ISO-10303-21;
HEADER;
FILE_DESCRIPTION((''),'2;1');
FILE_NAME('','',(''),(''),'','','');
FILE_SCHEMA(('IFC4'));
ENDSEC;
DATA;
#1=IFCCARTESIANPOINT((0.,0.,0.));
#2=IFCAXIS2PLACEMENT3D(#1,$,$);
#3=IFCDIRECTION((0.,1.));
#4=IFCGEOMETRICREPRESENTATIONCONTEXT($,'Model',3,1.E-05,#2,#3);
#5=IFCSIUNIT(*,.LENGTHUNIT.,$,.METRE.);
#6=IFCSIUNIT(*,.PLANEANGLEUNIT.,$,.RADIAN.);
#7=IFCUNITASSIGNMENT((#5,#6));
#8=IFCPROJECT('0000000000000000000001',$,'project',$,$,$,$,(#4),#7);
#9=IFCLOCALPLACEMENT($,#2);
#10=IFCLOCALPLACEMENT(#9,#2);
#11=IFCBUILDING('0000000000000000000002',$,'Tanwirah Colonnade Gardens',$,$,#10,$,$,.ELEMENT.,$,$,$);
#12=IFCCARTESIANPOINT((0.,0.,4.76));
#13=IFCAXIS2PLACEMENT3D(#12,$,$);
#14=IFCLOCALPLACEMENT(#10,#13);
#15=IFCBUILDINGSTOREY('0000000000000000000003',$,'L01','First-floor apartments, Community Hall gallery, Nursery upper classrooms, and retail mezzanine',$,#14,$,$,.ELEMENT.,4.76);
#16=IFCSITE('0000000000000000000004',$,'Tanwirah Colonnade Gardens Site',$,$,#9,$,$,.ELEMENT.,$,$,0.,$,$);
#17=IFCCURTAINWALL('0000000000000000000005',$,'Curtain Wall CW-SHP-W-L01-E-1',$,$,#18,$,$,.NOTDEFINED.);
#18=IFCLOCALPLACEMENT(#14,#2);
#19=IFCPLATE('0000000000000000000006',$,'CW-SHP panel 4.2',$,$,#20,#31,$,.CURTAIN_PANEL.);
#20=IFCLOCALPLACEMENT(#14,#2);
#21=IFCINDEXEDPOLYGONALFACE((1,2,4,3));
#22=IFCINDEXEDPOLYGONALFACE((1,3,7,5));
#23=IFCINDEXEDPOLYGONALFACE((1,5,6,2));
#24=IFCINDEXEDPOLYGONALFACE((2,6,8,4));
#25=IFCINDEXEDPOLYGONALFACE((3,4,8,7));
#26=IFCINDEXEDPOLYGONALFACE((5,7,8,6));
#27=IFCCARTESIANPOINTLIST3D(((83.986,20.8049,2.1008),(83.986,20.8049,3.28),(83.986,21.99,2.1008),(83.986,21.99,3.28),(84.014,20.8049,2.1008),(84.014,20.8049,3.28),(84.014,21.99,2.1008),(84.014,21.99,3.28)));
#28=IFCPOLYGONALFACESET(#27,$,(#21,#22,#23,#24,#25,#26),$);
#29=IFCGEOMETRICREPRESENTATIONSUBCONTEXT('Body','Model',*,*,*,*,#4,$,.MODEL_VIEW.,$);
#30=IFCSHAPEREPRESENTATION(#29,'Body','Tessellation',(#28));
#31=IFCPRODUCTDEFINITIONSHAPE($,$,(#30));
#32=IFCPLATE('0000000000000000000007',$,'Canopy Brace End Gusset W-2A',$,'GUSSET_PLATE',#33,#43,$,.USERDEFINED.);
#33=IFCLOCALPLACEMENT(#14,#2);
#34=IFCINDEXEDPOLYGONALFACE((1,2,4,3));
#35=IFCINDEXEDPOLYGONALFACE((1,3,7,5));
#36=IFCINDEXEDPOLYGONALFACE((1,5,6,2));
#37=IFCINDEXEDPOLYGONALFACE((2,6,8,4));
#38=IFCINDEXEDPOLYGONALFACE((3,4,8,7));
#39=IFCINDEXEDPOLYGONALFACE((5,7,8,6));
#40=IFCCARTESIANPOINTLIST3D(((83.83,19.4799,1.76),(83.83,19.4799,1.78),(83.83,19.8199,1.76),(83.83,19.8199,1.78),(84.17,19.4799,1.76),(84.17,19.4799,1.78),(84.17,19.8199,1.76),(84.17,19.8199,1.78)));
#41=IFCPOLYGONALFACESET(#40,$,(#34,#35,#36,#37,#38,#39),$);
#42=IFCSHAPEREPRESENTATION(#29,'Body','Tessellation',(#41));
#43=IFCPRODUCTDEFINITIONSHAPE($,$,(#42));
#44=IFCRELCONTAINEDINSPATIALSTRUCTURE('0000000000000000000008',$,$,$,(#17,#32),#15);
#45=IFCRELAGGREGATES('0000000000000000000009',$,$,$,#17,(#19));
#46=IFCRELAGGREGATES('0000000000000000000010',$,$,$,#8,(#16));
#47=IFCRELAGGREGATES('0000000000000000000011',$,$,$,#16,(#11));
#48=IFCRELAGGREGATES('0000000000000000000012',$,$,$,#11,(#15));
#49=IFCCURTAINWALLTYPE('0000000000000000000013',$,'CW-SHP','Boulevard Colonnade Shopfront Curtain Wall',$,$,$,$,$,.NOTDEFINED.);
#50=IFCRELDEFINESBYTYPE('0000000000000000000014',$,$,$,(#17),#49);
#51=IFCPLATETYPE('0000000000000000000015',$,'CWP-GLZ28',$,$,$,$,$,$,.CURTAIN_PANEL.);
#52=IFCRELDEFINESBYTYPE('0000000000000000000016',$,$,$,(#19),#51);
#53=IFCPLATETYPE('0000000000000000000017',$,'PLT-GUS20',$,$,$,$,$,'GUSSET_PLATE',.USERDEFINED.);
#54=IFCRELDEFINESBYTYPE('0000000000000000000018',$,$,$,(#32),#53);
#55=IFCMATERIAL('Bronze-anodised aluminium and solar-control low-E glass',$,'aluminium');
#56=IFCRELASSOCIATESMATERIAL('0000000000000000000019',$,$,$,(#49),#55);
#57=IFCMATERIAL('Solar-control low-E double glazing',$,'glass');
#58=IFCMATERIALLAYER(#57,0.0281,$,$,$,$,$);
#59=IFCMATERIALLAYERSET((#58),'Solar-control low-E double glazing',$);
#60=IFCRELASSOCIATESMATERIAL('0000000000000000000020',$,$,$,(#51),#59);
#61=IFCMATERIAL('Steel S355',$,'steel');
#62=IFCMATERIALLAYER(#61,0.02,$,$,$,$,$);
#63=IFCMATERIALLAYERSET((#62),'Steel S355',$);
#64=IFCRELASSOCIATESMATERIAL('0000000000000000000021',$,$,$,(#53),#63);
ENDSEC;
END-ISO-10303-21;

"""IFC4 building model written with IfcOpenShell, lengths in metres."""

from ifc_helpers import new_model, si_unit, direction, frame, origin, origin_2d, place, context, subcontext, project, spatial, rectangle, extrude, material, layer, layer_set, type_object, element, aggregate, save


model = new_model("IFC4")

# Units and contexts
model_context = context("Model", 3, precision=1e-05, world=origin(), true_north=direction((0.0, 1.0)))
body_context = subcontext(model_context, "Body", "Model", "MODEL_VIEW")
ifc_project = project(units=[si_unit("LENGTHUNIT", "METRE"), si_unit("PLANEANGLEUNIT", "RADIAN")], contexts=[model_context])

# Site, building, storey
site_placement = place(None, origin())
site = spatial("IfcSite", under=ifc_project, at=site_placement, Name="Tanwirah Colonnade Gardens Site", CompositionType="ELEMENT", RefElevation=0.0)
building_placement = place(site_placement, origin())
building = spatial("IfcBuilding", under=site, at=building_placement, Name="Tanwirah Colonnade Gardens", CompositionType="ELEMENT")
storey_placement = place(building_placement, frame((0.0, 0.0, 4.76)))
storey = spatial("IfcBuildingStorey", under=building, at=storey_placement, Name="L01", Description="First-floor apartments, Community Hall gallery, Nursery upper classrooms, and retail mezzanine", CompositionType="ELEMENT", Elevation=4.76)

# Shared definitions
ifc_material_1 = material(Name="Steel S355", Category="steel")

# Curtain wall
ifc_material_2 = material(Name="Bronze-anodised aluminium and solar-control low-E glass", Category="aluminium")
curtain_wall_type = type_object("IfcCurtainWallType", Name="CW-SHP", Description="Boulevard Colonnade Shopfront Curtain Wall", PredefinedType="NOTDEFINED", material=ifc_material_2)
curtain_wall_1_placement = place(storey_placement, origin())
curtain_wall_1 = element("IfcCurtainWall", 1, at=curtain_wall_1_placement, inside=storey, type_object=curtain_wall_type, Name="Curtain Wall CW-SHP-W-L01-E-1", PredefinedType="NOTDEFINED")

# Plates
ifc_material_3 = material(Name="Solar-control low-E double glazing", Category="glass")
ifc_layer_1 = layer(ifc_material_3, 0.0281)
ifc_layer_set_1 = layer_set([ifc_layer_1], Name="Solar-control low-E double glazing")
plate_type_1 = type_object("IfcPlateType", Name="CWP-GLZ28", PredefinedType="CURTAIN_PANEL", material=ifc_layer_set_1)
plate_1_placement = place(storey_placement, frame((84.0, 21.3975, 2.1008), z_axis=(0.0, 0.0, 1.0), x_axis=(0.0, 1.0, 0.0)))
plate_1 = element("IfcPlate", 2, at=plate_1_placement, type_object=plate_type_1, Name="CW-SHP panel 4.2", PredefinedType="CURTAIN_PANEL", context=body_context, shape_type="SweptSolid", body=[
    extrude(rectangle(XDim=1.1851, YDim=0.0281, at=origin_2d()), origin(), (0.0, 0.0, 1.0), 1.1792),
])
aggregate(curtain_wall_1, [plate_1])
ifc_layer_2 = layer(ifc_material_1, 0.02)
ifc_layer_set_2 = layer_set([ifc_layer_2], Name="Steel S355")
plate_type_2 = type_object("IfcPlateType", Name="PLT-GUS20", ElementType="GUSSET_PLATE", PredefinedType="USERDEFINED", material=ifc_layer_set_2)
plate_2_placement = place(storey_placement, frame((84.0, 19.6499, 1.76), z_axis=(0.0, 0.0, 1.0), x_axis=(1.0, 0.0, 0.0)))
element("IfcPlate", 3, at=plate_2_placement, inside=storey, type_object=plate_type_2, Name="Canopy Brace End Gusset W-2A", ObjectType="GUSSET_PLATE", PredefinedType="USERDEFINED", context=body_context, shape_type="SweptSolid", body=[
    extrude(rectangle(XDim=0.3401, YDim=0.3401, at=origin_2d()), origin(), (0.0, 0.0, 1.0), 0.02),
])

save(model, "model.ifc")
